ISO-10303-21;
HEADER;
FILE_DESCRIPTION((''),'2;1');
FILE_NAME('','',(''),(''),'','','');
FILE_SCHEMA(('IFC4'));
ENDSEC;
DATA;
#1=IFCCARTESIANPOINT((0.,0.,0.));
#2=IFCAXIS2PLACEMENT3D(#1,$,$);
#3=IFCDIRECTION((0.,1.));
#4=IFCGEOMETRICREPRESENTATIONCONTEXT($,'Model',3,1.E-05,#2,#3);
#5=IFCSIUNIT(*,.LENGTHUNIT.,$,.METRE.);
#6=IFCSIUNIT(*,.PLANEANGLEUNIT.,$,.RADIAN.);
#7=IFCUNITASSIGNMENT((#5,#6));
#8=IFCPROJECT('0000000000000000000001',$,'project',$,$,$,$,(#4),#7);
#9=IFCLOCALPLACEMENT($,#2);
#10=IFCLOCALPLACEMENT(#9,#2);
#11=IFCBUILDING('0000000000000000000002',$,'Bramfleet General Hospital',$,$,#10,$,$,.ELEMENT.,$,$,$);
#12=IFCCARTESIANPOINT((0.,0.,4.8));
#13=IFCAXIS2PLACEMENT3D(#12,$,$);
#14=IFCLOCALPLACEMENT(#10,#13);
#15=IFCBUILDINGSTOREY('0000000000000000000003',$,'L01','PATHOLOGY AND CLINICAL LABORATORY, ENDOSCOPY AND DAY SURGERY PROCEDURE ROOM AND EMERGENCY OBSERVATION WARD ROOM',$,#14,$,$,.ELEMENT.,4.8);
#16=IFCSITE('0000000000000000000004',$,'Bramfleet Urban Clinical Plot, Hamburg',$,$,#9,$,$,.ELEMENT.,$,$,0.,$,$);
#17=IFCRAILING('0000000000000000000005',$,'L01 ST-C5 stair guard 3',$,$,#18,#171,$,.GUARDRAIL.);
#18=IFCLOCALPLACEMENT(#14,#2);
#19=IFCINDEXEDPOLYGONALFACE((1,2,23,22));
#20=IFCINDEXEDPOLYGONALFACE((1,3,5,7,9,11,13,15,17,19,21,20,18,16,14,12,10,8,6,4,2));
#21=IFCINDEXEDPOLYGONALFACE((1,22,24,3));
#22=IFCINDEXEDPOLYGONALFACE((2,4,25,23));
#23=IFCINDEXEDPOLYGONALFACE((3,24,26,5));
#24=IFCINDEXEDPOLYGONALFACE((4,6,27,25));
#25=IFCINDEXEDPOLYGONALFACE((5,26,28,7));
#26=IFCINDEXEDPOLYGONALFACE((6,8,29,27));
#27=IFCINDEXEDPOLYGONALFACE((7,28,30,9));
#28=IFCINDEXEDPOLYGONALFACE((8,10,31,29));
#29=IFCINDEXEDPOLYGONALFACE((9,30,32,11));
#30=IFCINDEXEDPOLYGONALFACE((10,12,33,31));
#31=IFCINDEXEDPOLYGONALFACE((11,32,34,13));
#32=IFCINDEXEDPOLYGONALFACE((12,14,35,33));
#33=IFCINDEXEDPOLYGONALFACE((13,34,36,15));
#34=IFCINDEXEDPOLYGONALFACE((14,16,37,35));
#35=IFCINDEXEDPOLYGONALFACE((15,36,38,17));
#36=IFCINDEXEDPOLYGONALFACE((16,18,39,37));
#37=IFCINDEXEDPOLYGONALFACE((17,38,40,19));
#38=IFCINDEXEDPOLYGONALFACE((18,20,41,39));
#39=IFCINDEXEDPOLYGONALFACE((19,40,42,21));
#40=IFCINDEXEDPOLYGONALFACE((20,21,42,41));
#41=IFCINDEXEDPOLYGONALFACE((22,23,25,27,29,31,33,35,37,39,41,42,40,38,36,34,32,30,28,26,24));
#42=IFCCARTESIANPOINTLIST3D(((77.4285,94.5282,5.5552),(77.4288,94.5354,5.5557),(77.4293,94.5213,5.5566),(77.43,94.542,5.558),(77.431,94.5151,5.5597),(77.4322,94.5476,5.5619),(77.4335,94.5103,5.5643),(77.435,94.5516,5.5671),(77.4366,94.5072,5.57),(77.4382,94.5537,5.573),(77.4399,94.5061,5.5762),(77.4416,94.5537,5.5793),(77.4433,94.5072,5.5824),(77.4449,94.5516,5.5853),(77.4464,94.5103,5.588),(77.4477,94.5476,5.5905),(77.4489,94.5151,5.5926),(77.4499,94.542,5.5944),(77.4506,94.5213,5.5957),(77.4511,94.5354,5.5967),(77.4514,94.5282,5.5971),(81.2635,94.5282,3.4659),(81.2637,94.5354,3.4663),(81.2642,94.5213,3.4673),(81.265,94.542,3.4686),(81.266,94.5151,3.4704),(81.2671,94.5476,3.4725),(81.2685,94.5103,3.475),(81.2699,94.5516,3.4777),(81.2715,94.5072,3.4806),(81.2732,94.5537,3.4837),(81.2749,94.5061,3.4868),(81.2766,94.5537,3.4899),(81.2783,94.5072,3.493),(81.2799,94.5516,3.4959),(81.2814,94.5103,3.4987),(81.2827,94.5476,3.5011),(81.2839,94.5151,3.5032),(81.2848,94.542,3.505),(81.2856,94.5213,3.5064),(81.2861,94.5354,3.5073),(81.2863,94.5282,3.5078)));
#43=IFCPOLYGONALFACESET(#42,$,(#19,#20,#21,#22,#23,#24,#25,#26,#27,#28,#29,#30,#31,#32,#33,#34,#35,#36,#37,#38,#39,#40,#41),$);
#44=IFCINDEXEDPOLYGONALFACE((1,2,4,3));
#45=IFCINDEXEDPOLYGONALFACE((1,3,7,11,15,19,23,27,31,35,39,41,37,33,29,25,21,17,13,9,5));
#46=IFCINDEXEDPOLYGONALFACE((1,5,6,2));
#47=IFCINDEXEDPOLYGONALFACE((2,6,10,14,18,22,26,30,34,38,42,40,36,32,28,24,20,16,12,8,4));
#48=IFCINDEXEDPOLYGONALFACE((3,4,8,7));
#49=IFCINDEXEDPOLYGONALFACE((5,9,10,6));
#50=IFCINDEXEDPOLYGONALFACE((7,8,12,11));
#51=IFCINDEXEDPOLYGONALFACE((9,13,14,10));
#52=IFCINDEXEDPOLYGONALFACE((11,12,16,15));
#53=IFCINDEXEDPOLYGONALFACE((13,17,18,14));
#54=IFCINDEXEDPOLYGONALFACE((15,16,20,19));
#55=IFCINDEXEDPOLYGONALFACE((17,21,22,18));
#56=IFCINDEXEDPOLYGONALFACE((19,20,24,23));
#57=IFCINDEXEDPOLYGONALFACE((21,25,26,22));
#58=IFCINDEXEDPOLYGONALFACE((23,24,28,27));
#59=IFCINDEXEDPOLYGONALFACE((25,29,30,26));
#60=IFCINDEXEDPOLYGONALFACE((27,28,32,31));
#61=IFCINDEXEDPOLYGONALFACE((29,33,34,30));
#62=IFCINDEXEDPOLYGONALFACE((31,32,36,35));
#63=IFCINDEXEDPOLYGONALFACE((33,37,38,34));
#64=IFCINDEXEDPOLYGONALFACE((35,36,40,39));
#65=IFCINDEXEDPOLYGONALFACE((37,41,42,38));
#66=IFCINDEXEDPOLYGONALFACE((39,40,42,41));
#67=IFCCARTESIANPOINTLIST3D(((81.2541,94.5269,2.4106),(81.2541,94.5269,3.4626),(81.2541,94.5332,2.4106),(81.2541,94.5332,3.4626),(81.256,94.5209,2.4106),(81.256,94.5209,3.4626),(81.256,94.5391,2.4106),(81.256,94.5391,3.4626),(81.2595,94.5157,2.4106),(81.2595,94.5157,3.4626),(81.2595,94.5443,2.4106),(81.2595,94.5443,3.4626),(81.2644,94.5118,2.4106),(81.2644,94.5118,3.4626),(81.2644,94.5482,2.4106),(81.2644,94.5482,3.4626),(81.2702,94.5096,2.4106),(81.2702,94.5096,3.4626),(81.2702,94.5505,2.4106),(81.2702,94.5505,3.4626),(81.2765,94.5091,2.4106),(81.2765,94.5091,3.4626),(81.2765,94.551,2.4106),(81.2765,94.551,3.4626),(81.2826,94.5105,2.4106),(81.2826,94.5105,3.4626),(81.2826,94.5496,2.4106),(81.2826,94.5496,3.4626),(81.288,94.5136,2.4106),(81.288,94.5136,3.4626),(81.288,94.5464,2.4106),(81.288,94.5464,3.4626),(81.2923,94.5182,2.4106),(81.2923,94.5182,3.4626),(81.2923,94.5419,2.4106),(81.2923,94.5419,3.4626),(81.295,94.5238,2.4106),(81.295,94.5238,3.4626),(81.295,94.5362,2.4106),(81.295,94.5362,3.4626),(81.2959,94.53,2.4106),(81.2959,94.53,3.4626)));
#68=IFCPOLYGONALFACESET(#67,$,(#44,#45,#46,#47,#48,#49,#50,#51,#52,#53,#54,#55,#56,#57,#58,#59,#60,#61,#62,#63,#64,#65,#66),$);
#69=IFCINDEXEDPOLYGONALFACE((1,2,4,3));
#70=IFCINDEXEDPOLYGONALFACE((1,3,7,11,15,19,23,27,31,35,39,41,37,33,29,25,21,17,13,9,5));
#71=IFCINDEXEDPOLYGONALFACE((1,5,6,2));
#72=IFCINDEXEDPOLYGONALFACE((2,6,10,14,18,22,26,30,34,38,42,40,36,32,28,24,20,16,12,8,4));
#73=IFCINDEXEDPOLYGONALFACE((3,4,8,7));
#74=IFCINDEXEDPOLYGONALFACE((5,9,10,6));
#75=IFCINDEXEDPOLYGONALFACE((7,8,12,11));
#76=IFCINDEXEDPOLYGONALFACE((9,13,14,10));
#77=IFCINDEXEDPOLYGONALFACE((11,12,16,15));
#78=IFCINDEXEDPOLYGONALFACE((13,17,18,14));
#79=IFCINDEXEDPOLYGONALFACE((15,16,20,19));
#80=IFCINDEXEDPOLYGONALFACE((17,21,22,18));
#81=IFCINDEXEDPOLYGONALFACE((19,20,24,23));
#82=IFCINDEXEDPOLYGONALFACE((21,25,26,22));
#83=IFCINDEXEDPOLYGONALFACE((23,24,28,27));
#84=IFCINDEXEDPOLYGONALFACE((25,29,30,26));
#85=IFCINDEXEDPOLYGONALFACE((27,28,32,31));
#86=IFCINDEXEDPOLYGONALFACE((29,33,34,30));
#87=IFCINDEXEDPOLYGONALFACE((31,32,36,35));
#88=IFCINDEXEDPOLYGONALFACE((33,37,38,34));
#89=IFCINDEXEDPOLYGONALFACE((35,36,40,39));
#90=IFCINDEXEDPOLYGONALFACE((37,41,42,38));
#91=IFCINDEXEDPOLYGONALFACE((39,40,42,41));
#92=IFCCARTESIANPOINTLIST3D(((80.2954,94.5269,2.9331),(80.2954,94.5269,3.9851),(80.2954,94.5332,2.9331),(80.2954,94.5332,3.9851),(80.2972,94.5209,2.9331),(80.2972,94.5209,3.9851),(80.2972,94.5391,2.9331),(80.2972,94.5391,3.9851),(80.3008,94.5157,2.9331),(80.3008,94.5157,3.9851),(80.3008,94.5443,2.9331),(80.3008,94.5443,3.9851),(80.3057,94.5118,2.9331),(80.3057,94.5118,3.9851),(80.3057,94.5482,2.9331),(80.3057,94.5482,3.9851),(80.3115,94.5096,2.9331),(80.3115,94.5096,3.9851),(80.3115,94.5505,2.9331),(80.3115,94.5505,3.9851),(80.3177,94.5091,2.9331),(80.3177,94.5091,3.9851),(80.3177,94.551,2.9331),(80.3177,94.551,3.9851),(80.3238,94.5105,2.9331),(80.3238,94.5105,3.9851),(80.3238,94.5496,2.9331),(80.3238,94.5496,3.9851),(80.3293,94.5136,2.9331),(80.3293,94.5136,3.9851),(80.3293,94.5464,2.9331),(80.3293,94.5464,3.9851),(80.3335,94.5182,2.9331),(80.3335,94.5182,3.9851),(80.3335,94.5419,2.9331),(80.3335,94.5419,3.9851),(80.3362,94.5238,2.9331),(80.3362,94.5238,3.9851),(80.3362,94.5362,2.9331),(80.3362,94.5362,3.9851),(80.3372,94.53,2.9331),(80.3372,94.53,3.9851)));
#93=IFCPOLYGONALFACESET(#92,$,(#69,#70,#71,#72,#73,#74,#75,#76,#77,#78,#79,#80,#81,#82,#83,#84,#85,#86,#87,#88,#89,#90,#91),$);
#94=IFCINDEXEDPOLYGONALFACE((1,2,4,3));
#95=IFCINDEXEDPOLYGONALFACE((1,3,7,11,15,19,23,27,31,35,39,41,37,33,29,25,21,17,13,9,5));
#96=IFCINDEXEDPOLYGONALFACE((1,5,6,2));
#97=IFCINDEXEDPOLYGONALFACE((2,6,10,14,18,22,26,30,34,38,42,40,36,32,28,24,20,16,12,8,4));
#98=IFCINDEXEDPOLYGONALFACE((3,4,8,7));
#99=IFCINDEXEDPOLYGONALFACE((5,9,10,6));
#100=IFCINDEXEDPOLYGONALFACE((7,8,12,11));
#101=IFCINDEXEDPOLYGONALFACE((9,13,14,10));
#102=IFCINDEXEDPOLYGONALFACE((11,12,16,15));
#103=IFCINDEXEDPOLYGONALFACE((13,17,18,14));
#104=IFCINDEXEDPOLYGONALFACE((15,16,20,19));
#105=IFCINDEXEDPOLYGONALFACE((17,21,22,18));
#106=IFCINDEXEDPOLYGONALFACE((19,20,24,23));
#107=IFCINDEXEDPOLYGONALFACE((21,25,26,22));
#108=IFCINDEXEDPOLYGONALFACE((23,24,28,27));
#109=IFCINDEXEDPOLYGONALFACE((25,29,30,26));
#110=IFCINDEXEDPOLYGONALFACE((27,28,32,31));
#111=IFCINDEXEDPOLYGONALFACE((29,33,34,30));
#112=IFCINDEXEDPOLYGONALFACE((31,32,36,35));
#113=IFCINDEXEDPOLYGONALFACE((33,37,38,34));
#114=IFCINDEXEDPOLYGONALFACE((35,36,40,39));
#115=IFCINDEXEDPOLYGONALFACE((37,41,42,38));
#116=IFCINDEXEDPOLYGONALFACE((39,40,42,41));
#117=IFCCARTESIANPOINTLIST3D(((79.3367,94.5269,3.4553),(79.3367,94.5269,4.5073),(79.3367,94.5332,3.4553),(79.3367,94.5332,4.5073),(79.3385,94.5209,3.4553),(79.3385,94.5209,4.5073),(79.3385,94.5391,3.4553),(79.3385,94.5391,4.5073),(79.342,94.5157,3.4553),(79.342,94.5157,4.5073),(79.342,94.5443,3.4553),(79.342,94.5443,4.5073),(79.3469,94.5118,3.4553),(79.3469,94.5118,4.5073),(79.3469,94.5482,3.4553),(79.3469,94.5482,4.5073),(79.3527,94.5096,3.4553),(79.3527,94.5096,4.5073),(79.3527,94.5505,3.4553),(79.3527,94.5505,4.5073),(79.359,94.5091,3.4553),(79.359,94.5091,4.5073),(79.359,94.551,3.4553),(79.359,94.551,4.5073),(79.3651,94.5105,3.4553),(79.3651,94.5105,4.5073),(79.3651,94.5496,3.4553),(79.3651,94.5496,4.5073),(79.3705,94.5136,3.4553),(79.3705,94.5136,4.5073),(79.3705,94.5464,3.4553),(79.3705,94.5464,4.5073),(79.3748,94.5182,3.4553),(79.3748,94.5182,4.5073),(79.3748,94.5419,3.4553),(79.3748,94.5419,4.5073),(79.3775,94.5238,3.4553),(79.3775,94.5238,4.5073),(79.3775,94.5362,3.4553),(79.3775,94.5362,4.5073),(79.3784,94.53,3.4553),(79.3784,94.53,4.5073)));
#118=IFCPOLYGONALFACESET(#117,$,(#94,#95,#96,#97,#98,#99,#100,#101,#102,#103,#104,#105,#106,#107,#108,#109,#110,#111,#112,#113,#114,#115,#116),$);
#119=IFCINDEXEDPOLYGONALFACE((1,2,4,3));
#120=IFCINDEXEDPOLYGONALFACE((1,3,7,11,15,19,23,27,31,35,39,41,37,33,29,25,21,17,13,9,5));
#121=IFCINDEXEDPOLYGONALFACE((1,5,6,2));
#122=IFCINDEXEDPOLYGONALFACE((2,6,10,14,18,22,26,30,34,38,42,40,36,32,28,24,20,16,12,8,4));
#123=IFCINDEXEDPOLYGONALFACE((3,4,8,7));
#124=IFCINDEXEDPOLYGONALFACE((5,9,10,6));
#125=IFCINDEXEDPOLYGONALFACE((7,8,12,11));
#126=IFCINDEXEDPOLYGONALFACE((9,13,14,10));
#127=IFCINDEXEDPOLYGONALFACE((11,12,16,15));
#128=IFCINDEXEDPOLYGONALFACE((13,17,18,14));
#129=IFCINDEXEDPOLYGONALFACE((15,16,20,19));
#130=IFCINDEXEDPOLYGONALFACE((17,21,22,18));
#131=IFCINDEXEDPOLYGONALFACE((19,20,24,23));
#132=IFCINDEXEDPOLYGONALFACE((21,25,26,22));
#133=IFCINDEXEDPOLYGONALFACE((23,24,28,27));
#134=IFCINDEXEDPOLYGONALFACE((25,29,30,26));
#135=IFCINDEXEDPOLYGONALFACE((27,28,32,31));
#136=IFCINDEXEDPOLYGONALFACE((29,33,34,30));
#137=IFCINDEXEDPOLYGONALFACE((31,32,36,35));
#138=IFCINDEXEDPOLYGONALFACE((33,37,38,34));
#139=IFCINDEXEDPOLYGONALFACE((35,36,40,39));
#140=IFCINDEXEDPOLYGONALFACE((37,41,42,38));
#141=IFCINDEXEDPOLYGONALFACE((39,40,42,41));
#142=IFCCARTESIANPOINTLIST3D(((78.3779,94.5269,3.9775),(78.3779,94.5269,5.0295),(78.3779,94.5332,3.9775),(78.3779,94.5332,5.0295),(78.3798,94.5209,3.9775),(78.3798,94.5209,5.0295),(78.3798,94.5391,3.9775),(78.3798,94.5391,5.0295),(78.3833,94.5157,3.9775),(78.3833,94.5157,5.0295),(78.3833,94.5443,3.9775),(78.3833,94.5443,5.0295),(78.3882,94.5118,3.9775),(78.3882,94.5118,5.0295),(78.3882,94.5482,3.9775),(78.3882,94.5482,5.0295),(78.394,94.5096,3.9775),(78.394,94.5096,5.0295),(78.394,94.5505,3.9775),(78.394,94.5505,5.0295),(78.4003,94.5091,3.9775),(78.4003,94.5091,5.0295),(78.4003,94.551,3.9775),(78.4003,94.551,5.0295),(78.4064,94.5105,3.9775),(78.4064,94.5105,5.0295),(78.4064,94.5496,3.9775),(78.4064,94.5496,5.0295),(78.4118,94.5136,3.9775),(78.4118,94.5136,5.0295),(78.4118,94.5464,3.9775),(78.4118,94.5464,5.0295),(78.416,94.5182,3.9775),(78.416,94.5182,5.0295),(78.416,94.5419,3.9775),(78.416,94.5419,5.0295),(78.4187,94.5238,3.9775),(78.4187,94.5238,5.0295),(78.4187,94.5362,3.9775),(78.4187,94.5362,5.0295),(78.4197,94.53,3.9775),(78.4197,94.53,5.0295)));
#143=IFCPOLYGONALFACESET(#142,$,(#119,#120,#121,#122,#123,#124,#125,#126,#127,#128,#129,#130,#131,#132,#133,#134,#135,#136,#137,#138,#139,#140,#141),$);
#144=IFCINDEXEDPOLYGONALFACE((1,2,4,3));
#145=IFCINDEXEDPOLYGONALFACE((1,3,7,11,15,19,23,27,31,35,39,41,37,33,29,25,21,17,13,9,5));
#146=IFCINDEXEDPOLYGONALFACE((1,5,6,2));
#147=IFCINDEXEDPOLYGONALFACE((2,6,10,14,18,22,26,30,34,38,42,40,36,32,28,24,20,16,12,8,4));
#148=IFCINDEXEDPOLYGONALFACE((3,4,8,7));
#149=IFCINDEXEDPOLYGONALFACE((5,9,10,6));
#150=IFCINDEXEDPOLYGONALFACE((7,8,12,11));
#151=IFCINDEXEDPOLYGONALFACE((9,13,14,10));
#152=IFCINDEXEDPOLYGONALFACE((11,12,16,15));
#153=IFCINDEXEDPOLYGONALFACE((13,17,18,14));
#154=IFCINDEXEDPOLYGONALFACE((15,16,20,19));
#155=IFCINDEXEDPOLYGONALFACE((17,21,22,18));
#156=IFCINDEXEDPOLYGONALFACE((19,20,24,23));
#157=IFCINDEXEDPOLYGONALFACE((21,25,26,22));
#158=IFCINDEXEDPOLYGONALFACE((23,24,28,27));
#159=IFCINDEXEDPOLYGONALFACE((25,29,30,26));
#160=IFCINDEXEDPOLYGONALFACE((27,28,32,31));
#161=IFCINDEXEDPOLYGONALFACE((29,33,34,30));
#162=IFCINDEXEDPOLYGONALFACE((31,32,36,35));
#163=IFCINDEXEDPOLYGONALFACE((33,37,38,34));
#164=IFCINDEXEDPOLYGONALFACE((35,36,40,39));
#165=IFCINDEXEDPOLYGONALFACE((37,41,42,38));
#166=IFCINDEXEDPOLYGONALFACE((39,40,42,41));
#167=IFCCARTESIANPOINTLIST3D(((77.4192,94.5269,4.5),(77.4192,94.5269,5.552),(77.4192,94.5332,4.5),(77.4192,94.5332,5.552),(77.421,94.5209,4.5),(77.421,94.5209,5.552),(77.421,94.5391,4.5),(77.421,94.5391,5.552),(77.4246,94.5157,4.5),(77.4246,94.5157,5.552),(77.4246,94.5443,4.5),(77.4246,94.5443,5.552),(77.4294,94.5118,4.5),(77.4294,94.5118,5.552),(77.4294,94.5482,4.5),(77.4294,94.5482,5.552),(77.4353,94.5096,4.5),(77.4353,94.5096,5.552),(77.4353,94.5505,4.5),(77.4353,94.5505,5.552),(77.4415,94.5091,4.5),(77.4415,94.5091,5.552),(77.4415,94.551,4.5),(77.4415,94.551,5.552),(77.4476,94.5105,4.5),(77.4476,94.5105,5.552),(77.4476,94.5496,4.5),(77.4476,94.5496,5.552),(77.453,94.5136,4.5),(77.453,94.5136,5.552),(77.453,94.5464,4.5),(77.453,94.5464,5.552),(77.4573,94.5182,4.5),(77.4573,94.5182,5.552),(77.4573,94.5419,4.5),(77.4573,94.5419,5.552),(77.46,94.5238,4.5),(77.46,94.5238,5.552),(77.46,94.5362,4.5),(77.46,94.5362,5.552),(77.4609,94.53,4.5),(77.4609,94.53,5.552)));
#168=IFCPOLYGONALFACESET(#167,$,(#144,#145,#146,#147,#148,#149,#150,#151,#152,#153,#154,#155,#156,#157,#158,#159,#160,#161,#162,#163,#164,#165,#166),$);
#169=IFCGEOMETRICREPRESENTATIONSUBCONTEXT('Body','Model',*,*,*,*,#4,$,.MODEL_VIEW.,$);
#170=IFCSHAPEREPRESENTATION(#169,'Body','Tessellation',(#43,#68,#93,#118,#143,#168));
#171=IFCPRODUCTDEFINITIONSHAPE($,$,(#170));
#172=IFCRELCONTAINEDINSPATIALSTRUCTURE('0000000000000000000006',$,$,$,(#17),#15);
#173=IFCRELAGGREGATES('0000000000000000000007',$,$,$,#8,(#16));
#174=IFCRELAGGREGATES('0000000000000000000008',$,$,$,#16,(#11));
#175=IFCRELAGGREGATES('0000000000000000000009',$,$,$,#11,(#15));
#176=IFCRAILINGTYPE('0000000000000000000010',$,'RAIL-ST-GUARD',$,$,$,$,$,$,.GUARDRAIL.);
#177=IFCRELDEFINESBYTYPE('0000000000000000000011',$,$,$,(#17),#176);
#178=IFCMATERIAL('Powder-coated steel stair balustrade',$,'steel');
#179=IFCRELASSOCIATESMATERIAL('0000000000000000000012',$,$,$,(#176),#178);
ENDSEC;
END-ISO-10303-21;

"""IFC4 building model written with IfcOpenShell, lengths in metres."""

from ifc_helpers import new_model, si_unit, direction, frame, origin, origin_2d, place, context, subcontext, project, spatial, circle, extrude, material, type_object, element, save


model = new_model("IFC4")

# Units and contexts
model_context = context("Model", 3, precision=1e-05, world=origin(), true_north=direction((0.0, 1.0)))
body_context = subcontext(model_context, "Body", "Model", "MODEL_VIEW")
ifc_project = project(units=[si_unit("LENGTHUNIT", "METRE"), si_unit("PLANEANGLEUNIT", "RADIAN")], contexts=[model_context])

# Site, building, storey
site_placement = place(None, origin())
site = spatial("IfcSite", under=ifc_project, at=site_placement, Name="Bramfleet Urban Clinical Plot, Hamburg", CompositionType="ELEMENT", RefElevation=0.0)
building_placement = place(site_placement, origin())
building = spatial("IfcBuilding", under=site, at=building_placement, Name="Bramfleet General Hospital", CompositionType="ELEMENT")
storey_placement = place(building_placement, frame((0.0, 0.0, 4.8)))
storey = spatial("IfcBuildingStorey", under=building, at=storey_placement, Name="L01", Description="PATHOLOGY AND CLINICAL LABORATORY, ENDOSCOPY AND DAY SURGERY PROCEDURE ROOM AND EMERGENCY OBSERVATION WARD ROOM", CompositionType="ELEMENT", Elevation=4.8)

# Railing
ifc_material_1 = material(Name="Powder-coated steel stair balustrade", Category="steel")
railing_type_1 = type_object("IfcRailingType", Name="RAIL-ST-GUARD", PredefinedType="GUARDRAIL", material=ifc_material_1)
railing_1_placement = place(storey_placement, frame((81.2749, 94.53, 2.4106)))
element("IfcRailing", 1, at=railing_1_placement, inside=storey, type_object=railing_type_1, Name="L01 ST-C5 stair guard 3", PredefinedType="GUARDRAIL", context=body_context, shape_type="SweptSolid", body=[
    extrude(circle(Radius=0.0239, at=origin_2d()), frame((0.0, 0.0, 1.0762), z_axis=(-0.87813, 0.0, 0.478421), x_axis=(0.0, -1.0, 0.0)), (0.0, 0.0, 1.0), 4.3672),
    extrude(circle(Radius=0.021, at=origin_2d()), origin(), (0.0, 0.0, 1.0), 1.052),
    extrude(circle(Radius=0.021, at=origin_2d()), frame((-0.9587, 0.0, 0.5225)), (0.0, 0.0, 1.0), 1.052),
    extrude(circle(Radius=0.021, at=origin_2d()), frame((-1.9175, 0.0, 1.0447)), (0.0, 0.0, 1.0), 1.052),
    extrude(circle(Radius=0.021, at=origin_2d()), frame((-2.8762, 0.0, 1.5669)), (0.0, 0.0, 1.0), 1.052),
    extrude(circle(Radius=0.021, at=origin_2d()), frame((-3.835, 0.0, 2.0894)), (0.0, 0.0, 1.0), 1.052),
])

save(model, "model.ifc")
